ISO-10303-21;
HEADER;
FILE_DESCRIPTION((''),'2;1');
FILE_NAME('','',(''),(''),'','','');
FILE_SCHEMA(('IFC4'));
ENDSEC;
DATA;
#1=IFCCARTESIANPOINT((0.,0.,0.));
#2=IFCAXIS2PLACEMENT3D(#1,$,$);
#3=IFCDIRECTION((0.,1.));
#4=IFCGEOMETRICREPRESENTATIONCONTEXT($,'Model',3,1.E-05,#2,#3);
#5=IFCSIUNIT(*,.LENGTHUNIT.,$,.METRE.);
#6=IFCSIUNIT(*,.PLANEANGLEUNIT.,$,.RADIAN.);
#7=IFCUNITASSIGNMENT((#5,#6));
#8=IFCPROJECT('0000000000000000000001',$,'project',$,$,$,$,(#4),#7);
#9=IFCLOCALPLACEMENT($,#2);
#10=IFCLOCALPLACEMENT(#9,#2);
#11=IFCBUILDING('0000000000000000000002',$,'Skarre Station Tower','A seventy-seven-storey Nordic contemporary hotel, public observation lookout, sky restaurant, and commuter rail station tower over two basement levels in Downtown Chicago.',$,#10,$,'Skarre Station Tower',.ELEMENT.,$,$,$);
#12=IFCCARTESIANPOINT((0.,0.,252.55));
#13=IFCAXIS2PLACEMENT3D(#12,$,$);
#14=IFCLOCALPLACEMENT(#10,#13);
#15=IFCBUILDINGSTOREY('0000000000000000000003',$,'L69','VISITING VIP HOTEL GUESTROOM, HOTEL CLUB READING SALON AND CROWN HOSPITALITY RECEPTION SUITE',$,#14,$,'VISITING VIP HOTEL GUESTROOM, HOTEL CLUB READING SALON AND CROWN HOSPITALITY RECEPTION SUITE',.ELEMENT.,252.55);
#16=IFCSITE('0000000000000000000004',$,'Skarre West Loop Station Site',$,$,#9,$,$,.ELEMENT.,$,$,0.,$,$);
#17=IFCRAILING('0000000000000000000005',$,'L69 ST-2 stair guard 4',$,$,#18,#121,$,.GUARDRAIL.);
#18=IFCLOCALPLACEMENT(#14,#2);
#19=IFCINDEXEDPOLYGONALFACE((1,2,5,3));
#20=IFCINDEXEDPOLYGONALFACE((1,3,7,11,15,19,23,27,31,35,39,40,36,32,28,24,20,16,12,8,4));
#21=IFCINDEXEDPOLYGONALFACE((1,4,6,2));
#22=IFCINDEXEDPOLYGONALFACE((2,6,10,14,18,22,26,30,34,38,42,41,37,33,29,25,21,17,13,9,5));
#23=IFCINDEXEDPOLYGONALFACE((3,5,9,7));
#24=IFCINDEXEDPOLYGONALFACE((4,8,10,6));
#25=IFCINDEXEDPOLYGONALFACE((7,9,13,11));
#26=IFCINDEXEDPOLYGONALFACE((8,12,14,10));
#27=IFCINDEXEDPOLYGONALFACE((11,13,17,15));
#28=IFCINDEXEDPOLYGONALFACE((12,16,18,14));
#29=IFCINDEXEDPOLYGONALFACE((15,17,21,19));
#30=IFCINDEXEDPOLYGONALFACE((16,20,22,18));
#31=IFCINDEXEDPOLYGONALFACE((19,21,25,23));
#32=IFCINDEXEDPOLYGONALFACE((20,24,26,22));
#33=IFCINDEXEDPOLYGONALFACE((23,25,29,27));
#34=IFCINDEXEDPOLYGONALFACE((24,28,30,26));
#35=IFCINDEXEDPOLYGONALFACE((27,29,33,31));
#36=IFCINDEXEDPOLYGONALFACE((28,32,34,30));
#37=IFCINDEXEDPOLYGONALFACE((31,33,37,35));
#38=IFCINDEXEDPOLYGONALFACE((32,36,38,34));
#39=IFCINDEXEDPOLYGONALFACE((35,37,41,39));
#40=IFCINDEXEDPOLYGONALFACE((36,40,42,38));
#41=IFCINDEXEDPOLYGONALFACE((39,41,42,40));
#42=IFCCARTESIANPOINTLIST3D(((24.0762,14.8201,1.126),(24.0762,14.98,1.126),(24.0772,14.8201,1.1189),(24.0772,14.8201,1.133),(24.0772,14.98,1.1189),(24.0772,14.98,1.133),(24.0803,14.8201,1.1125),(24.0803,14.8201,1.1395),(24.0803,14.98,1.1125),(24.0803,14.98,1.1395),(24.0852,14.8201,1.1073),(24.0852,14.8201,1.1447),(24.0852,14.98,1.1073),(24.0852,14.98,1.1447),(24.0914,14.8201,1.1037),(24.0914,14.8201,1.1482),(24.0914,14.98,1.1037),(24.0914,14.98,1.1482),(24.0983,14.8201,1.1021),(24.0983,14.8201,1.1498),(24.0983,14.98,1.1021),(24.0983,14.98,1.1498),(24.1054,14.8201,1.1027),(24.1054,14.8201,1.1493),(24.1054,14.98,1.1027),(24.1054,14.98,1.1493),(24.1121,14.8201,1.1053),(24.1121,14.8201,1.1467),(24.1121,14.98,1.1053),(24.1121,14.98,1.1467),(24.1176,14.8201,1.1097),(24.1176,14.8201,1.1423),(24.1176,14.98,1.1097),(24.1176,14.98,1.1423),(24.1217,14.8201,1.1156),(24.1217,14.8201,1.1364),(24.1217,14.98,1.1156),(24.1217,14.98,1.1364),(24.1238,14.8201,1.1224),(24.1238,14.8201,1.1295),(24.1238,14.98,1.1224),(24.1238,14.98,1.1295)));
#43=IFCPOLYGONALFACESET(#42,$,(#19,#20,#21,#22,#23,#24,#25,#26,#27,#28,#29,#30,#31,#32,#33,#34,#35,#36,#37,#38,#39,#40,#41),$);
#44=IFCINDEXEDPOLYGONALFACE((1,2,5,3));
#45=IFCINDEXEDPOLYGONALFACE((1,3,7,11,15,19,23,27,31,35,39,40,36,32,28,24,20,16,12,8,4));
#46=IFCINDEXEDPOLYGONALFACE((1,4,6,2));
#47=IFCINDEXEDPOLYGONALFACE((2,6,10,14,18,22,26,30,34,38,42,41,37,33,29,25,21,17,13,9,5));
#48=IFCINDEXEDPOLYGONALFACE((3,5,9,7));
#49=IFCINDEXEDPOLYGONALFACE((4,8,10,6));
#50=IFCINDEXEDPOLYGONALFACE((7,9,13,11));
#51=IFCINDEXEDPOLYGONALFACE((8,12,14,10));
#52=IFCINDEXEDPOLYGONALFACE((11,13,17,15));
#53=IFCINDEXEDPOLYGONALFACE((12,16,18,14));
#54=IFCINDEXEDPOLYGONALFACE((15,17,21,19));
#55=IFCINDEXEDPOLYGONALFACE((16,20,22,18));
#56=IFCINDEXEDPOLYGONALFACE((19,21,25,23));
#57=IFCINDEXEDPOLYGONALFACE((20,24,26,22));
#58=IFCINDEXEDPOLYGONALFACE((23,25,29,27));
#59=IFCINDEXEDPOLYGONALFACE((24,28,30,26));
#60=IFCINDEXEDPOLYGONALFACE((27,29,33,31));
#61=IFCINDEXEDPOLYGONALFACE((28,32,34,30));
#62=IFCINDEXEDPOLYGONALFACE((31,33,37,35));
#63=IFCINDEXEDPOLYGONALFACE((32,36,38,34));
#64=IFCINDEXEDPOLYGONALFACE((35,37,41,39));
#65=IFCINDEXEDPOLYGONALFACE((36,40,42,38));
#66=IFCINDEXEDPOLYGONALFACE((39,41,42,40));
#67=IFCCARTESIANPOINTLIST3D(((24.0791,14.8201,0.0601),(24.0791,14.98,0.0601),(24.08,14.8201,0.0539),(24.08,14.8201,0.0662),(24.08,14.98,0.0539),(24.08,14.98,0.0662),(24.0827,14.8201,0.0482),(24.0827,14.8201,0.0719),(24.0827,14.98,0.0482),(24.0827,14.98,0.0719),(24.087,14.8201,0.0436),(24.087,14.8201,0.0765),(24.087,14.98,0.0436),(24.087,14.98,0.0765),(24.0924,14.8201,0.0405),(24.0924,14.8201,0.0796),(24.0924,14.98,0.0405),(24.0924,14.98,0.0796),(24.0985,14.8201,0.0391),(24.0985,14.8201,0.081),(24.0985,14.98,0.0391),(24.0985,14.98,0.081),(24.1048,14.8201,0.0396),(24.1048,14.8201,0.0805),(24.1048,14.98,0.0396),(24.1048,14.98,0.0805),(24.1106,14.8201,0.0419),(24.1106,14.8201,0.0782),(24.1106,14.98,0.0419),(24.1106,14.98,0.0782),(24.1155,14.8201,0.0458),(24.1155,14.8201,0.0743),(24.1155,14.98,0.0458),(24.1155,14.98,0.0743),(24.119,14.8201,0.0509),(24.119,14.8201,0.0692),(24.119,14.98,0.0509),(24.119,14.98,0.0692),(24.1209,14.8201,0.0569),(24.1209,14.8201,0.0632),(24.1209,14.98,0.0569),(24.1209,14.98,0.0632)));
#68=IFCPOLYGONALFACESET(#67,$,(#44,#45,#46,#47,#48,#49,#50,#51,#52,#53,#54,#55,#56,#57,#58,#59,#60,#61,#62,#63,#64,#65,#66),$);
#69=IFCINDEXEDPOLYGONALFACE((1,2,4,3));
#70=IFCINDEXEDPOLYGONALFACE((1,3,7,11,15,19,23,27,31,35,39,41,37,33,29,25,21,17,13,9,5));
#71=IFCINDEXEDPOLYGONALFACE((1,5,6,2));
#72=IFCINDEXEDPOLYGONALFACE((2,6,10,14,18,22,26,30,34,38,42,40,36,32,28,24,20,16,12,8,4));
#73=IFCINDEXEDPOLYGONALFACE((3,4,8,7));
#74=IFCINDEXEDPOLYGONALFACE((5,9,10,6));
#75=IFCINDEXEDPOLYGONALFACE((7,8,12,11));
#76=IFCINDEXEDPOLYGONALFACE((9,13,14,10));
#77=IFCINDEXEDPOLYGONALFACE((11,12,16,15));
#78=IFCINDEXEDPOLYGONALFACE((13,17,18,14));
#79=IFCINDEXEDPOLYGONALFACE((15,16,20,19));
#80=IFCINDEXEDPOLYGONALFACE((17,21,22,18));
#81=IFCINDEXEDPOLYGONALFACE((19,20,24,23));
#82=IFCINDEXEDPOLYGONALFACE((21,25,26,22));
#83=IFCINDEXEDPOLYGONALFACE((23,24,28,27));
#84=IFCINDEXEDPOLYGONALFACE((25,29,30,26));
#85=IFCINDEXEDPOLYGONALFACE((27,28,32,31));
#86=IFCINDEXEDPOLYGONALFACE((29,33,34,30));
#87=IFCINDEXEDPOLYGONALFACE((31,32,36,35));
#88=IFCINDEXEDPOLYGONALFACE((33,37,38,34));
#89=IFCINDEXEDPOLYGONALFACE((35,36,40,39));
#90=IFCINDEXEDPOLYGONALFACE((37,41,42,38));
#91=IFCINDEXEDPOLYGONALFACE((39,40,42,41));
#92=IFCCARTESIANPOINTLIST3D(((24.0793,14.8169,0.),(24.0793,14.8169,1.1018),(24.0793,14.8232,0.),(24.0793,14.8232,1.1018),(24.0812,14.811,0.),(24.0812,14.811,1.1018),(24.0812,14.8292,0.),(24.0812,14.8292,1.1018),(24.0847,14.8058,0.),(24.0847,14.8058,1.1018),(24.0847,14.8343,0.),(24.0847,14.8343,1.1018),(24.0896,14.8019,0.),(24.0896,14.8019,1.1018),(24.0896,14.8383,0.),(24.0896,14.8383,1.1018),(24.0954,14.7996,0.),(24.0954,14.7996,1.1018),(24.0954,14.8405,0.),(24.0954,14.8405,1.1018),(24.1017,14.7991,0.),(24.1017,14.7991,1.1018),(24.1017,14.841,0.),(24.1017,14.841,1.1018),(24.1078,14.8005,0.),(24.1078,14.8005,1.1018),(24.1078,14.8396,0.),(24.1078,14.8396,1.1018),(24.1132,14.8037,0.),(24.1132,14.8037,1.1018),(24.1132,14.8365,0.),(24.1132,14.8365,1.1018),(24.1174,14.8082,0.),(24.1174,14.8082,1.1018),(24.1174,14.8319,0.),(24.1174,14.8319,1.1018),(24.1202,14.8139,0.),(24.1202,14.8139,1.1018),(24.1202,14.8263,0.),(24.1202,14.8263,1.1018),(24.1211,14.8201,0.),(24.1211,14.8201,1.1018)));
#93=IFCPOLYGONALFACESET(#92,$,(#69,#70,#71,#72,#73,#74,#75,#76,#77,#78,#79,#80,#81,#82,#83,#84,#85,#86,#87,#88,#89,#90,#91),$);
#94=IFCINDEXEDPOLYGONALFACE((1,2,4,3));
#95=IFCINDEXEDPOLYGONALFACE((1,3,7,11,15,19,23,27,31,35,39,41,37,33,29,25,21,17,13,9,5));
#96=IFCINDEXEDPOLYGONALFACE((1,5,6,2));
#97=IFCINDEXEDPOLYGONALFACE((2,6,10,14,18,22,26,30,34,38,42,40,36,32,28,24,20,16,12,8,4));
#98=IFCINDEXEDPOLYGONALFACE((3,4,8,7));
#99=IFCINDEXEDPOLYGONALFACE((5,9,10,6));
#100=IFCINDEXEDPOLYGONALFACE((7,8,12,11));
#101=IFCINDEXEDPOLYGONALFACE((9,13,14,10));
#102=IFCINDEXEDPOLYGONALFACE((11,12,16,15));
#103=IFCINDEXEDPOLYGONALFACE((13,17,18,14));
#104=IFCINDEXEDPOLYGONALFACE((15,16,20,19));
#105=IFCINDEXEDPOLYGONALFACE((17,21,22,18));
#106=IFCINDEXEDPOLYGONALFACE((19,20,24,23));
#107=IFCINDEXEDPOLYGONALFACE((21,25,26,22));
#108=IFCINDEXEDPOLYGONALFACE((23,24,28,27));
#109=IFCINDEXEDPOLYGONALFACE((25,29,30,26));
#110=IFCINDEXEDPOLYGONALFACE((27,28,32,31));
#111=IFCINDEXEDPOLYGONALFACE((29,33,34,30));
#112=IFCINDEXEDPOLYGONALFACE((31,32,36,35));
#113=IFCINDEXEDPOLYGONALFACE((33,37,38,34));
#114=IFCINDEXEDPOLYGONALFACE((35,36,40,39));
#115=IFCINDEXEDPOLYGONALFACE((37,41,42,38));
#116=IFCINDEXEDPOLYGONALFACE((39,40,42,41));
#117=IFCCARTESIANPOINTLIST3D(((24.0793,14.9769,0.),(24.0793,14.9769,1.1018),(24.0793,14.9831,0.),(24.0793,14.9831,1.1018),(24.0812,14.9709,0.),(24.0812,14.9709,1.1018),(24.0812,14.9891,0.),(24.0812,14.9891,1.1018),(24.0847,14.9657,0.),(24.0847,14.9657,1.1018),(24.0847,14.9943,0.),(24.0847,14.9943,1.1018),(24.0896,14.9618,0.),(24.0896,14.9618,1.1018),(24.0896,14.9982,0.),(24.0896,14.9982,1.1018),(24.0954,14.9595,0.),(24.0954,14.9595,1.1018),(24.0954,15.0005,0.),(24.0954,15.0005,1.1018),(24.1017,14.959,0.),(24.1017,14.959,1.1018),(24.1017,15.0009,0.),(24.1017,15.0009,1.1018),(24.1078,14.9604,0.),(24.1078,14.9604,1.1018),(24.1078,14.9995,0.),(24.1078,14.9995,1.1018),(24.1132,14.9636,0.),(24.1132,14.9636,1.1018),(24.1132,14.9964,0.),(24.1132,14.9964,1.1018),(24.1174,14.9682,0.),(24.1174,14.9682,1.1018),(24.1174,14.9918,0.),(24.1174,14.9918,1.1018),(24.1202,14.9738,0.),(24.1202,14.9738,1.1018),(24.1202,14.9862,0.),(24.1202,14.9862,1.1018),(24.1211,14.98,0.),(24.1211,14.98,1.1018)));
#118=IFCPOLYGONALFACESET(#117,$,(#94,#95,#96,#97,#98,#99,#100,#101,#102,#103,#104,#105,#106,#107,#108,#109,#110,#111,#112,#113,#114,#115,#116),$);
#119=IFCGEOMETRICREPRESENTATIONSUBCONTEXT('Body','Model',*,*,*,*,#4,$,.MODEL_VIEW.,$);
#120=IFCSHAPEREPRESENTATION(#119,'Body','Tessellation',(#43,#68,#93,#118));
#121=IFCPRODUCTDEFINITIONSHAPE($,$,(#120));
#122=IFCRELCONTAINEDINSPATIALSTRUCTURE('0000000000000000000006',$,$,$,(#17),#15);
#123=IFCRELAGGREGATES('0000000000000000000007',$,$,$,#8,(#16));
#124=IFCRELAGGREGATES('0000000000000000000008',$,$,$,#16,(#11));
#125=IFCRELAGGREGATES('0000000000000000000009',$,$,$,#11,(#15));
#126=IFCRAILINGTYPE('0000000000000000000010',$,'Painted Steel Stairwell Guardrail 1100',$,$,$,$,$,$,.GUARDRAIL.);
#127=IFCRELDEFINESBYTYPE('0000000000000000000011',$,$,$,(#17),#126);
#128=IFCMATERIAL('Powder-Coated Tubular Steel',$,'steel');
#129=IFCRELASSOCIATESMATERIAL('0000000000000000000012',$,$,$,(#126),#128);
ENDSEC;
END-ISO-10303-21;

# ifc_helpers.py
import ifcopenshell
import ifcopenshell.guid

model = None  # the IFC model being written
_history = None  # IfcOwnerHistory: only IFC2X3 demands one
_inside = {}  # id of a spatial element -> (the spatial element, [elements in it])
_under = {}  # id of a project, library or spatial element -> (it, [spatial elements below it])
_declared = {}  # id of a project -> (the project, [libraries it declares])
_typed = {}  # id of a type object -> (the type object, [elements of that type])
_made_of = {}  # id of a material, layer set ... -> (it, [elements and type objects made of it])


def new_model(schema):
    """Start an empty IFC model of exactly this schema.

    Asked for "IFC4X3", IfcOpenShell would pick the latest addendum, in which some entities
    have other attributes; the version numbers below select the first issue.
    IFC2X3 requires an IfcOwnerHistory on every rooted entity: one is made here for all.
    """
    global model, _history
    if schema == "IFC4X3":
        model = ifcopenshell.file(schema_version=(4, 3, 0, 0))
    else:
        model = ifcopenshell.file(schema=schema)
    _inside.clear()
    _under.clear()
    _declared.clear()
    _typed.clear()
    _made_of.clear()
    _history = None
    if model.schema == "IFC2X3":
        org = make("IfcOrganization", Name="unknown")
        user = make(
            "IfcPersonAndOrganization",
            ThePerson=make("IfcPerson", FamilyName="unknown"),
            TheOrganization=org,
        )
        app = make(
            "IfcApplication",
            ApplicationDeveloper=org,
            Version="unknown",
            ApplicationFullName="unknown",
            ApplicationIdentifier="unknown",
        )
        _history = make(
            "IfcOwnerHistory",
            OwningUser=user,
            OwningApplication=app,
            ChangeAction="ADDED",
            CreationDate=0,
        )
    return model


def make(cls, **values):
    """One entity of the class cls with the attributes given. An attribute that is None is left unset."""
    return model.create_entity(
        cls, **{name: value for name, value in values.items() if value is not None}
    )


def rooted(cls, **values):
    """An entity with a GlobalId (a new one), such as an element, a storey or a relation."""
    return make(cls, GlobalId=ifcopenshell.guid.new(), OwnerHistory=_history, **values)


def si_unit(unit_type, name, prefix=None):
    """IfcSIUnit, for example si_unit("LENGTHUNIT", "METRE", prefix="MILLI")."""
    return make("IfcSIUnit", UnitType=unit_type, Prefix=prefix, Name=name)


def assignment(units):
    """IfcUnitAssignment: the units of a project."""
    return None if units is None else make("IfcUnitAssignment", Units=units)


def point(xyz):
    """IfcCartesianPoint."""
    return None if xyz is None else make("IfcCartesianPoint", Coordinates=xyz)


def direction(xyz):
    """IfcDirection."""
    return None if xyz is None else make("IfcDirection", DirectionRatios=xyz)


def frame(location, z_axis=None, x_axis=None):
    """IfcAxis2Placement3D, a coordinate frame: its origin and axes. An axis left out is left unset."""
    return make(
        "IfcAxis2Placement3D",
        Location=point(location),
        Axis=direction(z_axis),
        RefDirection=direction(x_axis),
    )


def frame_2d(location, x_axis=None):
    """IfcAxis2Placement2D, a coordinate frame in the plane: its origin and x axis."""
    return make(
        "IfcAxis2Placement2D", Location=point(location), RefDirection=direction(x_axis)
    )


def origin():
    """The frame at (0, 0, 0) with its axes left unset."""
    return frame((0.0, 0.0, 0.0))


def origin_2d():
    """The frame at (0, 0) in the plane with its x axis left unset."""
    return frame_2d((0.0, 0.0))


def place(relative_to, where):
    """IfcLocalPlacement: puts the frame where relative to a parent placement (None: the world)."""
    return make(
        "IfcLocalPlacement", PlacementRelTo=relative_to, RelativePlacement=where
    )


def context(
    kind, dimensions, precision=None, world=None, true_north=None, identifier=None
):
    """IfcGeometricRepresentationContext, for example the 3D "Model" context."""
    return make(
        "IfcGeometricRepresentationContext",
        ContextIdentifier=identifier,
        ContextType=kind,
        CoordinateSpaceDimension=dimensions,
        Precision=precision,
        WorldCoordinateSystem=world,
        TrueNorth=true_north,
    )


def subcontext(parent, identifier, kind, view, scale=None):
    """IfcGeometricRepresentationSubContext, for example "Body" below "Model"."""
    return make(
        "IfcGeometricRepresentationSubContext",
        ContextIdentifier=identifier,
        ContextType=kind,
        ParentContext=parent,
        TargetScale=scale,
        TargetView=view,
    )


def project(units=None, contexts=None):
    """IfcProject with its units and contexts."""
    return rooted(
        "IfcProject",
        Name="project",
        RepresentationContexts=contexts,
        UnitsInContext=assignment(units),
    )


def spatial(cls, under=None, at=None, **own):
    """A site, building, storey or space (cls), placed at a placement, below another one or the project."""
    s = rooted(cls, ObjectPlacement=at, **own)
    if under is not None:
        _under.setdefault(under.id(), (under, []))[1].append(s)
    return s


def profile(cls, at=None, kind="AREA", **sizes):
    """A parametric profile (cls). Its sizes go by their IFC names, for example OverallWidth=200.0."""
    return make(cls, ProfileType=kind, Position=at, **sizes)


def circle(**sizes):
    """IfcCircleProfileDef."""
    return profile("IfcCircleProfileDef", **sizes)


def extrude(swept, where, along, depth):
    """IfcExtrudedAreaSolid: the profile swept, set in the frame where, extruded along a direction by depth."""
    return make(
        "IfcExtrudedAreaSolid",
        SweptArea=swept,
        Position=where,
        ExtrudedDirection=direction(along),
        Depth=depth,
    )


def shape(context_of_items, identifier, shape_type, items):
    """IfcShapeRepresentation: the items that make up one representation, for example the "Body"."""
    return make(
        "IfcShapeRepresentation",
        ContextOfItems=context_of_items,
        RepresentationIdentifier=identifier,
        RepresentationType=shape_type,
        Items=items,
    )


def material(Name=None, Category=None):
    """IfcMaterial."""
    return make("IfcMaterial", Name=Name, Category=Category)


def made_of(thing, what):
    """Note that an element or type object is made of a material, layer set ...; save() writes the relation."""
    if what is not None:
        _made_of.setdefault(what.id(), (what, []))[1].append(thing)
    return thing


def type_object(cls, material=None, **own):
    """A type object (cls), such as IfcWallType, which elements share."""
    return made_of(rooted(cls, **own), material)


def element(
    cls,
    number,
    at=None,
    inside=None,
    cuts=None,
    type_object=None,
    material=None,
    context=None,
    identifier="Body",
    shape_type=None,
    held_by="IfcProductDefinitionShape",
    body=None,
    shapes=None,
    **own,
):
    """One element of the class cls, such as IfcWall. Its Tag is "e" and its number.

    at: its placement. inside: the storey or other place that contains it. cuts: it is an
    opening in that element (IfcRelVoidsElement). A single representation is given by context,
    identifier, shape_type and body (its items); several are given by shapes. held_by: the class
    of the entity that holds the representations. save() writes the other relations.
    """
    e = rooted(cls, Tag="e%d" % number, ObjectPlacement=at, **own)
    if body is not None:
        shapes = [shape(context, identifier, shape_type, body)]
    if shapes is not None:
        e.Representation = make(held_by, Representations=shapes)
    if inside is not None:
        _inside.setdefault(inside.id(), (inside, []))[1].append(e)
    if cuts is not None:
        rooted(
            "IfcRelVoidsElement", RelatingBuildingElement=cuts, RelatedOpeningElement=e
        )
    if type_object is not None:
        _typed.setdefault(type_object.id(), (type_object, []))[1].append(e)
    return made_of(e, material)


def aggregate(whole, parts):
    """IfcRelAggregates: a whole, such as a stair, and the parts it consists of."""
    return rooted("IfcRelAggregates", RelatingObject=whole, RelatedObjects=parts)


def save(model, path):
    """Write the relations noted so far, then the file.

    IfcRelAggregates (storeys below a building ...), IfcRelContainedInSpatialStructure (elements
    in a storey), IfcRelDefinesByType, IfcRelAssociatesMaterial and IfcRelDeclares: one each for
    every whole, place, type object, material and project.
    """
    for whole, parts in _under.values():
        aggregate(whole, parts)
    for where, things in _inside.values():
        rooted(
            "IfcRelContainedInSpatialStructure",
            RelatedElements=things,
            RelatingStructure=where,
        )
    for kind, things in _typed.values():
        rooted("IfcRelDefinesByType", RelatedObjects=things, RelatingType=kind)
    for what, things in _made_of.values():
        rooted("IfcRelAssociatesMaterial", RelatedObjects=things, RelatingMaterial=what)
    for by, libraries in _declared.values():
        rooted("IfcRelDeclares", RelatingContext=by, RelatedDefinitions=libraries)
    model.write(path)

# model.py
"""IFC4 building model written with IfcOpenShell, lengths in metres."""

from ifc_helpers import new_model, si_unit, direction, frame, origin, origin_2d, place, context, subcontext, project, spatial, circle, extrude, material, type_object, element, save


model = new_model("IFC4")

# Units and contexts
model_context = context("Model", 3, precision=1e-05, world=origin(), true_north=direction((0.0, 1.0)))
body_context = subcontext(model_context, "Body", "Model", "MODEL_VIEW")
ifc_project = project(units=[si_unit("LENGTHUNIT", "METRE"), si_unit("PLANEANGLEUNIT", "RADIAN")], contexts=[model_context])

# Site, building, storey
site_placement = place(None, origin())
site = spatial("IfcSite", under=ifc_project, at=site_placement, Name="Skarre West Loop Station Site", CompositionType="ELEMENT", RefElevation=0.0)
building_placement = place(site_placement, origin())
building = spatial("IfcBuilding", under=site, at=building_placement, Name="Skarre Station Tower", Description="A seventy-seven-storey Nordic contemporary hotel, public observation lookout, sky restaurant, and commuter rail station tower over two basement levels in Downtown Chicago.", LongName="Skarre Station Tower", CompositionType="ELEMENT")
storey_placement = place(building_placement, frame((0.0, 0.0, 252.55)))
storey = spatial("IfcBuildingStorey", under=building, at=storey_placement, Name="L69", Description="VISITING VIP HOTEL GUESTROOM, HOTEL CLUB READING SALON AND CROWN HOSPITALITY RECEPTION SUITE", LongName="VISITING VIP HOTEL GUESTROOM, HOTEL CLUB READING SALON AND CROWN HOSPITALITY RECEPTION SUITE", CompositionType="ELEMENT", Elevation=252.55)

# Railing
ifc_material_1 = material(Name="Powder-Coated Tubular Steel", Category="steel")
railing_type_1 = type_object("IfcRailingType", Name="Painted Steel Stairwell Guardrail 1100", PredefinedType="GUARDRAIL", material=ifc_material_1)
railing_1_placement = place(storey_placement, frame((24.1001, 14.8201, 0.0)))
element("IfcRailing", 1, at=railing_1_placement, inside=storey, type_object=railing_type_1, Name="L69 ST-2 stair guard 4", PredefinedType="GUARDRAIL", context=body_context, shape_type="SweptSolid", body=[
    extrude(circle(Radius=0.0239, at=origin_2d()), frame((0.0, 0.0, 1.126), z_axis=(0.0, 1.0, 0.0), x_axis=(-1.0, 0.0, 0.0)), (0.0, 0.0, 1.0), 0.1599),
    extrude(circle(Radius=0.021, at=origin_2d()), frame((0.0, 0.0, 0.0601), z_axis=(0.0, 1.0, 0.0), x_axis=(-1.0, 0.0, 0.0)), (0.0, 0.0, 1.0), 0.1599),
    extrude(circle(Radius=0.021, at=origin_2d()), origin(), (0.0, 0.0, 1.0), 1.1018),
    extrude(circle(Radius=0.021, at=origin_2d()), frame((0.0, 0.1599, 0.0)), (0.0, 0.0, 1.0), 1.1018),
])

save(model, "model.ifc")
